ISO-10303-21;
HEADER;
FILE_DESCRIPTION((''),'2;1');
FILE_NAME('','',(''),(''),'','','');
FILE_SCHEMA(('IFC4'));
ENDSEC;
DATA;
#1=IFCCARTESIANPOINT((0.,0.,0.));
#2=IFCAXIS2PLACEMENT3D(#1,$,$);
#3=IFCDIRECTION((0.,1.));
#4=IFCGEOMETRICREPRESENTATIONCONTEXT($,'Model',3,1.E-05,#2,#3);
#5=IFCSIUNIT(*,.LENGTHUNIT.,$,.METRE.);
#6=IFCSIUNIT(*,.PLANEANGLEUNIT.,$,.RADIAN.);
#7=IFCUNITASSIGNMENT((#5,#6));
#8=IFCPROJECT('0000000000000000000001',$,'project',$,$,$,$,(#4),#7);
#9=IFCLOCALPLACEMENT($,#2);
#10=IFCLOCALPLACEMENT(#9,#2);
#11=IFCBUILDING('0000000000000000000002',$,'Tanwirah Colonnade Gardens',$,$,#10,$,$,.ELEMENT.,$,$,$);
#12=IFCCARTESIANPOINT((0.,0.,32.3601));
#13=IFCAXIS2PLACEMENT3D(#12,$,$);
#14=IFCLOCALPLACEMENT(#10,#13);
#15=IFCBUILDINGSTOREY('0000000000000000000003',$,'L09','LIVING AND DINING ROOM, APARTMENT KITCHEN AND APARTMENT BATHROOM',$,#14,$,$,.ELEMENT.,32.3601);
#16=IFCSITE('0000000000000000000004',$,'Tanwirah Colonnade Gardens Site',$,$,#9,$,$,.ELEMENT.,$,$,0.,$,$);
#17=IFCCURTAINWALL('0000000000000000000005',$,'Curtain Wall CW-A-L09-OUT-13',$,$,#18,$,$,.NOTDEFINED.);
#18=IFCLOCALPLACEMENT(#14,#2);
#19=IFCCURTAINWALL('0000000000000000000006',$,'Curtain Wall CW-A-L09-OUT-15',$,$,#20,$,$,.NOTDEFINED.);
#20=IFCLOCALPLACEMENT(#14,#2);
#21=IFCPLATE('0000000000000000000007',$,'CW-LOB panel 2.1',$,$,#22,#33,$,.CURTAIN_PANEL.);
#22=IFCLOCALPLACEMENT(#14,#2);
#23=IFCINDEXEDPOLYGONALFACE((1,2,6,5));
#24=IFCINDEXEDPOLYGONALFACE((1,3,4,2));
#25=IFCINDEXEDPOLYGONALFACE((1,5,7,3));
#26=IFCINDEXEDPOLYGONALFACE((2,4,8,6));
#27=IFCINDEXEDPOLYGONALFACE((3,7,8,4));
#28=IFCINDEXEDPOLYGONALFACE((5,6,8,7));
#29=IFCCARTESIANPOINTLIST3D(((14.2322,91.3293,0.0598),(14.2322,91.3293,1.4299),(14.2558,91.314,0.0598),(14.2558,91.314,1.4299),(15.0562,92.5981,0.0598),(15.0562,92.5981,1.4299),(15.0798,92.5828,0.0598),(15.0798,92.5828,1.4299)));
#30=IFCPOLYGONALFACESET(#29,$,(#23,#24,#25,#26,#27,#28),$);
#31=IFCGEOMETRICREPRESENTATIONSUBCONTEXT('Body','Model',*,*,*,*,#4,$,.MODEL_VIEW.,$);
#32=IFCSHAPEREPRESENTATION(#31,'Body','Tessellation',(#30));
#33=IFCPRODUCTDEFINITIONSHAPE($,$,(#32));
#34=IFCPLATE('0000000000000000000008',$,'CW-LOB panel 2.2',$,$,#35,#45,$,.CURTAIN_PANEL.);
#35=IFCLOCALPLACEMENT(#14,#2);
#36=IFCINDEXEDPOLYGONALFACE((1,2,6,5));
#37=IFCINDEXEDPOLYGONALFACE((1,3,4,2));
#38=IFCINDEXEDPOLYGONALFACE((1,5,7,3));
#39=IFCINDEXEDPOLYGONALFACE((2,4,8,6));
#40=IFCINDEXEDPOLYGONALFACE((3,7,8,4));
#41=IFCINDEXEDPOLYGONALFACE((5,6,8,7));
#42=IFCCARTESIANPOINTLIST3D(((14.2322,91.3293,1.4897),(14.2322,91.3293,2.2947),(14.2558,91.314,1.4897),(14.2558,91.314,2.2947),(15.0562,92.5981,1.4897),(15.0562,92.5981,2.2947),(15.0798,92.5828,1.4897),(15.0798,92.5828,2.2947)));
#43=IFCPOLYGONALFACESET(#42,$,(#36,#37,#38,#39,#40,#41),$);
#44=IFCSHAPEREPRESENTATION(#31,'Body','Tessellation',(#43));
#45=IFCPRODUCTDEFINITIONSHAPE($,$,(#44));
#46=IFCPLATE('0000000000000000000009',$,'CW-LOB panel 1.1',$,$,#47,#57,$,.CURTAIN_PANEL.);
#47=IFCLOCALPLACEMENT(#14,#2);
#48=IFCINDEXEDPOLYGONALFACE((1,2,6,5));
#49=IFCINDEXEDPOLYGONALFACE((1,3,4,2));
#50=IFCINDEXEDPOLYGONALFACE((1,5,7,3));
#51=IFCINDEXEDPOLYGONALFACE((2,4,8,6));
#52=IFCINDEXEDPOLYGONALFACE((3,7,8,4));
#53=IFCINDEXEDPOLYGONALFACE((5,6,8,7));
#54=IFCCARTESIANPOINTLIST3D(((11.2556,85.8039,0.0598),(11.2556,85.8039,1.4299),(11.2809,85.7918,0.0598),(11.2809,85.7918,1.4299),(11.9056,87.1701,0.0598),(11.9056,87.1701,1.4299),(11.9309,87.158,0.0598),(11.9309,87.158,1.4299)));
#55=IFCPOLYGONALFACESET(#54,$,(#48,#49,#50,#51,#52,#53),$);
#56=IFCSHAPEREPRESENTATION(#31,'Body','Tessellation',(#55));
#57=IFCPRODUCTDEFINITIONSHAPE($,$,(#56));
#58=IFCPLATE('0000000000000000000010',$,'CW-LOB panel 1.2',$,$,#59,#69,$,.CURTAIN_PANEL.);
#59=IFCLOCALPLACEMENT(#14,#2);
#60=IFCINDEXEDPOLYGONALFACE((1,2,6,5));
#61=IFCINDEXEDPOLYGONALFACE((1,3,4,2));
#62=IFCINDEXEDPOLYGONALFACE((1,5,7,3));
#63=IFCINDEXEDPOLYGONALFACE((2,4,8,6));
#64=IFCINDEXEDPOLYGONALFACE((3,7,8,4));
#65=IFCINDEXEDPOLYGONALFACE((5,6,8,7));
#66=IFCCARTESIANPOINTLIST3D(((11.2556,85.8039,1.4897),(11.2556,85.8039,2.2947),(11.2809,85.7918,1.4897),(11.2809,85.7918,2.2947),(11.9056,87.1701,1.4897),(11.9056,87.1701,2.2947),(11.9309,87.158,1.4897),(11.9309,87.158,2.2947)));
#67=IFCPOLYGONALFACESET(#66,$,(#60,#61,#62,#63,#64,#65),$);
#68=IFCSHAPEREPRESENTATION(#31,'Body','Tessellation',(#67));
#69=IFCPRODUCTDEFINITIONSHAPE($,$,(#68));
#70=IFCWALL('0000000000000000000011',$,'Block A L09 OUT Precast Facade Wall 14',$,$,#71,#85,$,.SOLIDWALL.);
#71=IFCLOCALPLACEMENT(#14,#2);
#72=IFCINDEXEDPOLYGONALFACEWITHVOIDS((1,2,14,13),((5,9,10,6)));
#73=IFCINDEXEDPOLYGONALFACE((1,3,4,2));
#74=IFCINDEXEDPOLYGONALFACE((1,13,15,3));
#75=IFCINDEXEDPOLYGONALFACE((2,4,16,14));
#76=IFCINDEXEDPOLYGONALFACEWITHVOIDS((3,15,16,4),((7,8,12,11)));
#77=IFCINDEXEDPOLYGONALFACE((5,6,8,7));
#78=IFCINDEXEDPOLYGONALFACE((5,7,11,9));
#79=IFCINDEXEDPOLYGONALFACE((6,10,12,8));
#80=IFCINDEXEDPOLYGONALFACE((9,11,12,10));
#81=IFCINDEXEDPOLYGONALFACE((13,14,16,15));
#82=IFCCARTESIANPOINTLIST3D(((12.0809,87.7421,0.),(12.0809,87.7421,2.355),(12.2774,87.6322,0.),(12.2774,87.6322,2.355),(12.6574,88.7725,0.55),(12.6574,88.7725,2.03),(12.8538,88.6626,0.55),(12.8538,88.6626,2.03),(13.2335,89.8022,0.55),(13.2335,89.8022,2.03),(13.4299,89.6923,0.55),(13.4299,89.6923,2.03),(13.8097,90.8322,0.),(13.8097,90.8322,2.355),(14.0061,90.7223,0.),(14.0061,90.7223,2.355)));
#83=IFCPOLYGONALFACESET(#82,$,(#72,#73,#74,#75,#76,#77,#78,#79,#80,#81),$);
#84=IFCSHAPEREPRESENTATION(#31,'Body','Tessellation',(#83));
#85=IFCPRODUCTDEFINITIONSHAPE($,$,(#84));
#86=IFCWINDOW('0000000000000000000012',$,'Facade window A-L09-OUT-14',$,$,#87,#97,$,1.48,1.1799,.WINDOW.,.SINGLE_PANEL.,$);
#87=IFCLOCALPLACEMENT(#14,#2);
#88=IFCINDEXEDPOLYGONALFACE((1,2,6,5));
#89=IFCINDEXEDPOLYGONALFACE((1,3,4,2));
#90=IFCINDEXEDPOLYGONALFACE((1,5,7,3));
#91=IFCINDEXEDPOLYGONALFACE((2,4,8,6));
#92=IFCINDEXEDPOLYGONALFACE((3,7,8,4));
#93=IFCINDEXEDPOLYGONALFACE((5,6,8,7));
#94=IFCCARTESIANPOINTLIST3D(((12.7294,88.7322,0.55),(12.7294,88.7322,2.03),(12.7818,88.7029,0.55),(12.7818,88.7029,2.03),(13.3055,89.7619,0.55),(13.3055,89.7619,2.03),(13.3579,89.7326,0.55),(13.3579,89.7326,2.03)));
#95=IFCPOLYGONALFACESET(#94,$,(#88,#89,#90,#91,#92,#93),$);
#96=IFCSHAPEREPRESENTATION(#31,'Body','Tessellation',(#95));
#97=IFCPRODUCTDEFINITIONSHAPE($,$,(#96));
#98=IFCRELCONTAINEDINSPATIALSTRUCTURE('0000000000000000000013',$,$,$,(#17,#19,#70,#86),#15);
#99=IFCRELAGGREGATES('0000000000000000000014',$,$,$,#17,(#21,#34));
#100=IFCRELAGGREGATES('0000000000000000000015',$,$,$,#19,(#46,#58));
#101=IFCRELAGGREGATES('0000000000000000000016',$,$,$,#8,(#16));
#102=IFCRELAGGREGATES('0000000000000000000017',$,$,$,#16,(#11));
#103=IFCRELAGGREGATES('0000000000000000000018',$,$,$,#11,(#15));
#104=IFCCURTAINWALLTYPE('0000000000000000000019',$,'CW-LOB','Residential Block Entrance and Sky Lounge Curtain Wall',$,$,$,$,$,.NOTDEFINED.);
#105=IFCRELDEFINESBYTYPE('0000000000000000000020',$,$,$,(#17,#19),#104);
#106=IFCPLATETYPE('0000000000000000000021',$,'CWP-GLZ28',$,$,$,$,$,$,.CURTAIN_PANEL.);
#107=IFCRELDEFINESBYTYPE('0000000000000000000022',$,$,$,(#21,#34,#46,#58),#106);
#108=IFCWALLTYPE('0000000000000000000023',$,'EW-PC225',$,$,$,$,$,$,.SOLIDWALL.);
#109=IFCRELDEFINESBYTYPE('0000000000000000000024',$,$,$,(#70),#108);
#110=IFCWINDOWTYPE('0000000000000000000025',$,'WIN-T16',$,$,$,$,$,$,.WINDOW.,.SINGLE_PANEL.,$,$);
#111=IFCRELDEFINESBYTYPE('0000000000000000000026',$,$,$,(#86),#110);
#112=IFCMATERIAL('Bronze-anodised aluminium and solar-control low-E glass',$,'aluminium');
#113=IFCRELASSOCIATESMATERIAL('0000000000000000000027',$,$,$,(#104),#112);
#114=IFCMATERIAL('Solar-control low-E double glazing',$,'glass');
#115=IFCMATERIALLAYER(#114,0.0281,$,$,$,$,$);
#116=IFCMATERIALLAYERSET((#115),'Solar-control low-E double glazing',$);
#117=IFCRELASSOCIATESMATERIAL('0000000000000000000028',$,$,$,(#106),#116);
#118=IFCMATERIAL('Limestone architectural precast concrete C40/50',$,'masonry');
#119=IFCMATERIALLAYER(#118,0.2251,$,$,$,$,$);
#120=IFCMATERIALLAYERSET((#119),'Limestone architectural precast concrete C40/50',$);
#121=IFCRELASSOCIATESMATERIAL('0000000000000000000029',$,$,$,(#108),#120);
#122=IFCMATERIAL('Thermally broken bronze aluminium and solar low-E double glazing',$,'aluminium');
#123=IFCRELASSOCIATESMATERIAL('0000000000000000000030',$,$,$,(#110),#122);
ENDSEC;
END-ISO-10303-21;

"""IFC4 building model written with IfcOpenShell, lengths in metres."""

from ifc_helpers import new_model, si_unit, direction, frame, frame_2d, origin, origin_2d, place, context, subcontext, project, spatial, rectangle, extrude, material, layer, layer_set, type_object, element, fill, aggregate, save


model = new_model("IFC4")

# Units and contexts
model_context = context("Model", 3, precision=1e-05, world=origin(), true_north=direction((0.0, 1.0)))
body_context = subcontext(model_context, "Body", "Model", "MODEL_VIEW")
ifc_project = project(units=[si_unit("LENGTHUNIT", "METRE"), si_unit("PLANEANGLEUNIT", "RADIAN")], contexts=[model_context])

# Site, building, storey
site_placement = place(None, origin())
site = spatial("IfcSite", under=ifc_project, at=site_placement, Name="Tanwirah Colonnade Gardens Site", CompositionType="ELEMENT", RefElevation=0.0)
building_placement = place(site_placement, origin())
building = spatial("IfcBuilding", under=site, at=building_placement, Name="Tanwirah Colonnade Gardens", CompositionType="ELEMENT")
storey_placement = place(building_placement, frame((0.0, 0.0, 32.3601)))
storey = spatial("IfcBuildingStorey", under=building, at=storey_placement, Name="L09", Description="LIVING AND DINING ROOM, APARTMENT KITCHEN AND APARTMENT BATHROOM", CompositionType="ELEMENT", Elevation=32.3601)

# Curtain wall
ifc_material_1 = material(Name="Bronze-anodised aluminium and solar-control low-E glass", Category="aluminium")
curtain_wall_type = type_object("IfcCurtainWallType", Name="CW-LOB", Description="Residential Block Entrance and Sky Lounge Curtain Wall", PredefinedType="NOTDEFINED", material=ifc_material_1)
curtain_wall_1_placement = place(storey_placement, origin())
curtain_wall_1 = element("IfcCurtainWall", 1, at=curtain_wall_1_placement, inside=storey, type_object=curtain_wall_type, Name="Curtain Wall CW-A-L09-OUT-13", PredefinedType="NOTDEFINED")

# Curtain wall
curtain_wall_2_placement = place(storey_placement, origin())
curtain_wall_2 = element("IfcCurtainWall", 2, at=curtain_wall_2_placement, inside=storey, type_object=curtain_wall_type, Name="Curtain Wall CW-A-L09-OUT-15", PredefinedType="NOTDEFINED")

# Plates
ifc_material_2 = material(Name="Solar-control low-E double glazing", Category="glass")
ifc_layer_1 = layer(ifc_material_2, 0.0281)
ifc_layer_set_1 = layer_set([ifc_layer_1], Name="Solar-control low-E double glazing")
plate_type = type_object("IfcPlateType", Name="CWP-GLZ28", PredefinedType="CURTAIN_PANEL", material=ifc_layer_set_1)
plate_1_placement = place(storey_placement, frame((14.656, 91.9561, 0.0598), z_axis=(0.0, 0.0, 1.0), x_axis=(-0.54464, -0.83867, 0.0)))
plate_1 = element("IfcPlate", 3, at=plate_1_placement, type_object=plate_type, Name="CW-LOB panel 2.1", PredefinedType="CURTAIN_PANEL", context=body_context, shape_type="SweptSolid", body=[
    extrude(rectangle(XDim=1.5129, YDim=0.0281, at=origin_2d()), origin(), (0.0, 0.0, 1.0), 1.3701),
])
plate_2_placement = place(storey_placement, frame((14.656, 91.9561, 1.4897), z_axis=(0.0, 0.0, 1.0), x_axis=(-0.54464, -0.83867, 0.0)))
plate_2 = element("IfcPlate", 4, at=plate_2_placement, type_object=plate_type, Name="CW-LOB panel 2.2", PredefinedType="CURTAIN_PANEL", context=body_context, shape_type="SweptSolid", body=[
    extrude(rectangle(XDim=1.5129, YDim=0.0281, at=origin_2d()), origin(), (0.0, 0.0, 1.0), 0.8049),
])
aggregate(curtain_wall_1, [plate_1, plate_2])
plate_3_placement = place(storey_placement, frame((11.5933, 86.481, 0.0598), z_axis=(0.0, 0.0, 1.0), x_axis=(-0.429635, -0.903002, 0.0)))
plate_3 = element("IfcPlate", 5, at=plate_3_placement, type_object=plate_type, Name="CW-LOB panel 1.1", PredefinedType="CURTAIN_PANEL", context=body_context, shape_type="SweptSolid", body=[
    extrude(rectangle(XDim=1.5129, YDim=0.0281, at=origin_2d()), origin(), (0.0, 0.0, 1.0), 1.3701),
])
plate_4_placement = place(storey_placement, frame((11.5933, 86.481, 1.4897), z_axis=(0.0, 0.0, 1.0), x_axis=(-0.429635, -0.903002, 0.0)))
plate_4 = element("IfcPlate", 6, at=plate_4_placement, type_object=plate_type, Name="CW-LOB panel 1.2", PredefinedType="CURTAIN_PANEL", context=body_context, shape_type="SweptSolid", body=[
    extrude(rectangle(XDim=1.5129, YDim=0.0281, at=origin_2d()), origin(), (0.0, 0.0, 1.0), 0.8049),
])
aggregate(curtain_wall_2, [plate_3, plate_4])

# Wall, opening, window
ifc_material_3 = material(Name="Limestone architectural precast concrete C40/50", Category="masonry")
ifc_layer_2 = layer(ifc_material_3, 0.2251)
ifc_layer_set_2 = layer_set([ifc_layer_2], Name="Limestone architectural precast concrete C40/50")
wall_type = type_object("IfcWallType", Name="EW-PC225", PredefinedType="SOLIDWALL", material=ifc_layer_set_2)
wall_placement = place(storey_placement, frame((13.908, 90.7773, 0.0), z_axis=(0.0, 0.0, 1.0), x_axis=(-0.48824, -0.872709, 0.0)))
wall = element("IfcWall", 7, at=wall_placement, inside=storey, type_object=wall_type, Name="Block A L09 OUT Precast Facade Wall 14", PredefinedType="SOLIDWALL", context=body_context, shape_type="SweptSolid", body=[
    extrude(rectangle(XDim=3.5408, YDim=0.2251, at=frame_2d((1.7705, 0.0))), origin(), (0.0, 0.0, 1.0), 2.355),
])
opening_placement = place(wall_placement, frame((1.1804, 0.0, 0.55)))
opening = element("IfcOpeningElement", 8, at=opening_placement, cuts=wall, PredefinedType="OPENING", context=body_context, shape_type="SweptSolid", body=[
    extrude(rectangle(XDim=1.1799, YDim=1.48, at=frame_2d((0.5898, 0.74))), frame((0.0, 0.1226, 0.0), z_axis=(0.0, -1.0, 0.0), x_axis=(1.0, 0.0, 0.0)), (0.0, 0.0, 1.0), 0.2451),
])
ifc_material_4 = material(Name="Thermally broken bronze aluminium and solar low-E double glazing", Category="aluminium")
window_type = type_object("IfcWindowType", Name="WIN-T16", PartitioningType="SINGLE_PANEL", PredefinedType="WINDOW", material=ifc_material_4)
window_placement = place(opening_placement, origin())
window = element("IfcWindow", 9, at=window_placement, inside=storey, type_object=window_type, Name="Facade window A-L09-OUT-14", OverallHeight=1.48, OverallWidth=1.1799, PartitioningType="SINGLE_PANEL", PredefinedType="WINDOW", context=body_context, shape_type="SweptSolid", body=[
    extrude(rectangle(XDim=1.1799, YDim=1.48, at=frame_2d((0.5898, 0.74))), frame((0.0, 0.03, 0.0), z_axis=(0.0, -1.0, 0.0), x_axis=(1.0, 0.0, 0.0)), (0.0, 0.0, 1.0), 0.0601),
])
fill(opening, window)

save(model, "model.ifc")
